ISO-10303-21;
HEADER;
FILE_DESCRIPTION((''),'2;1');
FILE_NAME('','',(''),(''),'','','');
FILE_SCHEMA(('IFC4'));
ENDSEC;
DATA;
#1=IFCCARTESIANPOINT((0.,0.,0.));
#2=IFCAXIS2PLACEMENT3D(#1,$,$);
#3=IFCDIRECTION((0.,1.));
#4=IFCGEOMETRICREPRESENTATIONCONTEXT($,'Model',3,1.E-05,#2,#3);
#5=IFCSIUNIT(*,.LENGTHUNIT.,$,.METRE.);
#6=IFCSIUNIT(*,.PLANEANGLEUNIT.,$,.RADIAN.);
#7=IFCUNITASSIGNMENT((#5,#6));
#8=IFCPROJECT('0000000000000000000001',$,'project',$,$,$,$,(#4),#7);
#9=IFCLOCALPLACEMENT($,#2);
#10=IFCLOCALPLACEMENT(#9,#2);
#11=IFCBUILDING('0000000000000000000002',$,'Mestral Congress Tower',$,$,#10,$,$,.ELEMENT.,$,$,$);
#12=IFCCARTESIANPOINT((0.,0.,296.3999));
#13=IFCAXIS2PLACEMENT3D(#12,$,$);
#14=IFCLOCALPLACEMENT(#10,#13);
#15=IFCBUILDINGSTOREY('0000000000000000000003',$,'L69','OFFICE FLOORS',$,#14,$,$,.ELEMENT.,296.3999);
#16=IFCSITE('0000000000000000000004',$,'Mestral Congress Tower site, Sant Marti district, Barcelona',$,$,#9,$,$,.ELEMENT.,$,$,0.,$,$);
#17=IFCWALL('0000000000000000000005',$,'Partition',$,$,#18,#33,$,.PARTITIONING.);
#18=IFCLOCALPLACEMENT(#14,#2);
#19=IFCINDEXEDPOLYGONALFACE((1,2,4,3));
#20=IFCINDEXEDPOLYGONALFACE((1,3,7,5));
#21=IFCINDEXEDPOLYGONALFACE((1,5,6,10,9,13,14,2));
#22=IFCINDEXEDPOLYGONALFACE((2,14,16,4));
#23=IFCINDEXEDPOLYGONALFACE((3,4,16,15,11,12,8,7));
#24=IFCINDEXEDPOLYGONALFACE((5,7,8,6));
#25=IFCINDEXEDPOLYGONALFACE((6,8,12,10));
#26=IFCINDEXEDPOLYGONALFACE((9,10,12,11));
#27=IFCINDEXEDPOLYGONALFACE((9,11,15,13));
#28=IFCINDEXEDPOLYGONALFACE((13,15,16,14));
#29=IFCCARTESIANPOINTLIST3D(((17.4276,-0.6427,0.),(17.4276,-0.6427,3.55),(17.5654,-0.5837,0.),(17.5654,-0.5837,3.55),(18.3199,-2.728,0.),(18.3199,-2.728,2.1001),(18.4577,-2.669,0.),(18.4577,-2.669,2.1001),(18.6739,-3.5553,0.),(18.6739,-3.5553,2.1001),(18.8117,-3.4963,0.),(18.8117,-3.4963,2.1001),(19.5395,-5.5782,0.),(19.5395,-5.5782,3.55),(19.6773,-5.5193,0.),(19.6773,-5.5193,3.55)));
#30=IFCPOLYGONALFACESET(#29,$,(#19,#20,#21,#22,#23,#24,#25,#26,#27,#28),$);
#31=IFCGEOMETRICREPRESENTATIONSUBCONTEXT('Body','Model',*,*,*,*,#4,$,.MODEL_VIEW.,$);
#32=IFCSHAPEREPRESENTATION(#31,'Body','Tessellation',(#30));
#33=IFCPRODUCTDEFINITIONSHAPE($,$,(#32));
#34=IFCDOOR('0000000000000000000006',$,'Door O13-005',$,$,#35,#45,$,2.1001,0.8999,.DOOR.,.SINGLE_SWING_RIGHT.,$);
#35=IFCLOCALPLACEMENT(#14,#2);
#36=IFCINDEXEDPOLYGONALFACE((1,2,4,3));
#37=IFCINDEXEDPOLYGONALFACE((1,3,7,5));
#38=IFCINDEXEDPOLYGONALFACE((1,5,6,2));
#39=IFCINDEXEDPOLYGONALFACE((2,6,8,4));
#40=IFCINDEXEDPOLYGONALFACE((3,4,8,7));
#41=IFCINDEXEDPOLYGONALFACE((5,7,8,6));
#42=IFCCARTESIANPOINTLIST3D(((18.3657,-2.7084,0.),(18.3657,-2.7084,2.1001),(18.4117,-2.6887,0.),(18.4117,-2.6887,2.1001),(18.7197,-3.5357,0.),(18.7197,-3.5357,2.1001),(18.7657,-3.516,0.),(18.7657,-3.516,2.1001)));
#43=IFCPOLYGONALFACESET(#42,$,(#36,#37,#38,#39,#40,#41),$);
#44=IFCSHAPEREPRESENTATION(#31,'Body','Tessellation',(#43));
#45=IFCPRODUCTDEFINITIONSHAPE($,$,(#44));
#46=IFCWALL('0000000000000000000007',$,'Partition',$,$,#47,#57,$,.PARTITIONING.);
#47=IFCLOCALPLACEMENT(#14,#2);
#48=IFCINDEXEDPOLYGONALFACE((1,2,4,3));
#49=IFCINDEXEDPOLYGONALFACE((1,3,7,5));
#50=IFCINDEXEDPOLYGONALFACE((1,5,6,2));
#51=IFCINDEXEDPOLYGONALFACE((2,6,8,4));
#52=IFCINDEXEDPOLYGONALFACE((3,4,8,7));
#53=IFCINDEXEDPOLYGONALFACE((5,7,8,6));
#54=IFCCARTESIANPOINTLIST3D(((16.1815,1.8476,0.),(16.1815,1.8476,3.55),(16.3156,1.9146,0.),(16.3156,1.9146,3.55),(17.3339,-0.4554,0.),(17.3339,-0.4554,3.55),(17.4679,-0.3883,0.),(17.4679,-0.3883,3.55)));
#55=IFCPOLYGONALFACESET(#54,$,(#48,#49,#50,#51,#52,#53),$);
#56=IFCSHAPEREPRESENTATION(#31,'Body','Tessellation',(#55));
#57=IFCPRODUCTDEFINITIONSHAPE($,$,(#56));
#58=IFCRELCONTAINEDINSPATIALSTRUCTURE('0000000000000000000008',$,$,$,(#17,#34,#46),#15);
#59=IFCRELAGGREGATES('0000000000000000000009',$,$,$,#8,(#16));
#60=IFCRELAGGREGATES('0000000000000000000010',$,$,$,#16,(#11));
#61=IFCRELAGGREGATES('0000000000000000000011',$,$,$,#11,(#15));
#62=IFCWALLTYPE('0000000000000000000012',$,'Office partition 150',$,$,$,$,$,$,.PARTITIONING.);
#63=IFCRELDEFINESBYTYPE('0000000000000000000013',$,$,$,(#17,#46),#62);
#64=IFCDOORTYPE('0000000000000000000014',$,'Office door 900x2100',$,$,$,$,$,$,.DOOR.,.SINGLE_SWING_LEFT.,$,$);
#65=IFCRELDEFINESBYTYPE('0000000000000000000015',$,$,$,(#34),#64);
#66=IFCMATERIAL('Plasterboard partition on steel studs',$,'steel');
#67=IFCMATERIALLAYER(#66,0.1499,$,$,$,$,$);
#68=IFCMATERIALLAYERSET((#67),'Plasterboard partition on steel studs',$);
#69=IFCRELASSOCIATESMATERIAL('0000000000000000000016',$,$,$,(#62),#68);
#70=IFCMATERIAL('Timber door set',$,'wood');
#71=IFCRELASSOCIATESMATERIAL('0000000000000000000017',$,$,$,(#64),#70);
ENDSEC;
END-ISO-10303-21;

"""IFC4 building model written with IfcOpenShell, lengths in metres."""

from ifc_helpers import new_model, si_unit, direction, frame, frame_2d, origin, place, context, subcontext, project, spatial, rectangle, extrude, material, layer, layer_set, type_object, element, fill, save


model = new_model("IFC4")

# Units and contexts
model_context = context("Model", 3, precision=1e-05, world=origin(), true_north=direction((0.0, 1.0)))
body_context = subcontext(model_context, "Body", "Model", "MODEL_VIEW")
ifc_project = project(units=[si_unit("LENGTHUNIT", "METRE"), si_unit("PLANEANGLEUNIT", "RADIAN")], contexts=[model_context])

# Site, building, storey
site_placement = place(None, origin())
site = spatial("IfcSite", under=ifc_project, at=site_placement, Name="Mestral Congress Tower site, Sant Marti district, Barcelona", CompositionType="ELEMENT", RefElevation=0.0)
building_placement = place(site_placement, origin())
building = spatial("IfcBuilding", under=site, at=building_placement, Name="Mestral Congress Tower", CompositionType="ELEMENT")
storey_placement = place(building_placement, frame((0.0, 0.0, 296.3999)))
storey = spatial("IfcBuildingStorey", under=building, at=storey_placement, Name="L69", Description="OFFICE FLOORS", CompositionType="ELEMENT", Elevation=296.3999)

# Wall, opening, door
ifc_material_1 = material(Name="Plasterboard partition on steel studs", Category="steel")
ifc_layer_1 = layer(ifc_material_1, 0.1499)
ifc_layer_set_1 = layer_set([ifc_layer_1], Name="Plasterboard partition on steel studs")
wall_type_1 = type_object("IfcWallType", Name="Office partition 150", PredefinedType="PARTITIONING", material=ifc_layer_set_1)
wall_1_placement = place(storey_placement, frame((17.4966, -0.6133, 0.0), z_axis=(0.0, 0.0, 1.0), x_axis=(0.393381, -0.919375, 0.0)))
wall_1 = element("IfcWall", 1, at=wall_1_placement, inside=storey, type_object=wall_type_1, Name="Partition", PredefinedType="PARTITIONING", context=body_context, shape_type="SweptSolid", body=[
    extrude(rectangle(XDim=5.3684, YDim=0.1499, at=frame_2d((2.6841, 0.0))), origin(), (0.0, 0.0, 1.0), 3.55),
])
opening_1_placement = place(wall_1_placement, frame((2.2681, 0.0, 0.0)))
opening_1 = element("IfcOpeningElement", 2, at=opening_1_placement, cuts=wall_1, PredefinedType="OPENING", context=body_context, shape_type="SweptSolid", body=[
    extrude(rectangle(XDim=0.8999, YDim=2.1001, at=frame_2d((0.45, 1.05))), frame((0.0, 0.085, 0.0), z_axis=(0.0, -1.0, 0.0), x_axis=(1.0, 0.0, 0.0)), (0.0, 0.0, 1.0), 0.1699),
])
ifc_material_2 = material(Name="Timber door set", Category="wood")
door_type = type_object("IfcDoorType", Name="Office door 900x2100", OperationType="SINGLE_SWING_LEFT", PredefinedType="DOOR", material=ifc_material_2)
door_placement = place(opening_1_placement, origin())
door = element("IfcDoor", 3, at=door_placement, inside=storey, type_object=door_type, Name="Door O13-005", OperationType="SINGLE_SWING_RIGHT", OverallHeight=2.1001, OverallWidth=0.8999, PredefinedType="DOOR", context=body_context, shape_type="SweptSolid", body=[
    extrude(rectangle(XDim=0.8999, YDim=2.1001, at=frame_2d((0.45, 1.05))), frame((0.0, 0.0249, 0.0), z_axis=(0.0, -1.0, 0.0), x_axis=(1.0, 0.0, 0.0)), (0.0, 0.0, 1.0), 0.05),
])
fill(opening_1, door)

# Wall
wall_2_placement = place(storey_placement, frame((17.4009, -0.4219, 0.0), z_axis=(0.0, 0.0, 1.0), x_axis=(-0.447479, 0.894294, 0.0)))
element("IfcWall", 4, at=wall_2_placement, inside=storey, type_object=wall_type_1, Name="Partition", PredefinedType="PARTITIONING", context=body_context, shape_type="SweptSolid", body=[
    extrude(rectangle(XDim=2.5752, YDim=0.1499, at=frame_2d((1.2876, 0.0))), origin(), (0.0, 0.0, 1.0), 3.55),
])

save(model, "model.ifc")
